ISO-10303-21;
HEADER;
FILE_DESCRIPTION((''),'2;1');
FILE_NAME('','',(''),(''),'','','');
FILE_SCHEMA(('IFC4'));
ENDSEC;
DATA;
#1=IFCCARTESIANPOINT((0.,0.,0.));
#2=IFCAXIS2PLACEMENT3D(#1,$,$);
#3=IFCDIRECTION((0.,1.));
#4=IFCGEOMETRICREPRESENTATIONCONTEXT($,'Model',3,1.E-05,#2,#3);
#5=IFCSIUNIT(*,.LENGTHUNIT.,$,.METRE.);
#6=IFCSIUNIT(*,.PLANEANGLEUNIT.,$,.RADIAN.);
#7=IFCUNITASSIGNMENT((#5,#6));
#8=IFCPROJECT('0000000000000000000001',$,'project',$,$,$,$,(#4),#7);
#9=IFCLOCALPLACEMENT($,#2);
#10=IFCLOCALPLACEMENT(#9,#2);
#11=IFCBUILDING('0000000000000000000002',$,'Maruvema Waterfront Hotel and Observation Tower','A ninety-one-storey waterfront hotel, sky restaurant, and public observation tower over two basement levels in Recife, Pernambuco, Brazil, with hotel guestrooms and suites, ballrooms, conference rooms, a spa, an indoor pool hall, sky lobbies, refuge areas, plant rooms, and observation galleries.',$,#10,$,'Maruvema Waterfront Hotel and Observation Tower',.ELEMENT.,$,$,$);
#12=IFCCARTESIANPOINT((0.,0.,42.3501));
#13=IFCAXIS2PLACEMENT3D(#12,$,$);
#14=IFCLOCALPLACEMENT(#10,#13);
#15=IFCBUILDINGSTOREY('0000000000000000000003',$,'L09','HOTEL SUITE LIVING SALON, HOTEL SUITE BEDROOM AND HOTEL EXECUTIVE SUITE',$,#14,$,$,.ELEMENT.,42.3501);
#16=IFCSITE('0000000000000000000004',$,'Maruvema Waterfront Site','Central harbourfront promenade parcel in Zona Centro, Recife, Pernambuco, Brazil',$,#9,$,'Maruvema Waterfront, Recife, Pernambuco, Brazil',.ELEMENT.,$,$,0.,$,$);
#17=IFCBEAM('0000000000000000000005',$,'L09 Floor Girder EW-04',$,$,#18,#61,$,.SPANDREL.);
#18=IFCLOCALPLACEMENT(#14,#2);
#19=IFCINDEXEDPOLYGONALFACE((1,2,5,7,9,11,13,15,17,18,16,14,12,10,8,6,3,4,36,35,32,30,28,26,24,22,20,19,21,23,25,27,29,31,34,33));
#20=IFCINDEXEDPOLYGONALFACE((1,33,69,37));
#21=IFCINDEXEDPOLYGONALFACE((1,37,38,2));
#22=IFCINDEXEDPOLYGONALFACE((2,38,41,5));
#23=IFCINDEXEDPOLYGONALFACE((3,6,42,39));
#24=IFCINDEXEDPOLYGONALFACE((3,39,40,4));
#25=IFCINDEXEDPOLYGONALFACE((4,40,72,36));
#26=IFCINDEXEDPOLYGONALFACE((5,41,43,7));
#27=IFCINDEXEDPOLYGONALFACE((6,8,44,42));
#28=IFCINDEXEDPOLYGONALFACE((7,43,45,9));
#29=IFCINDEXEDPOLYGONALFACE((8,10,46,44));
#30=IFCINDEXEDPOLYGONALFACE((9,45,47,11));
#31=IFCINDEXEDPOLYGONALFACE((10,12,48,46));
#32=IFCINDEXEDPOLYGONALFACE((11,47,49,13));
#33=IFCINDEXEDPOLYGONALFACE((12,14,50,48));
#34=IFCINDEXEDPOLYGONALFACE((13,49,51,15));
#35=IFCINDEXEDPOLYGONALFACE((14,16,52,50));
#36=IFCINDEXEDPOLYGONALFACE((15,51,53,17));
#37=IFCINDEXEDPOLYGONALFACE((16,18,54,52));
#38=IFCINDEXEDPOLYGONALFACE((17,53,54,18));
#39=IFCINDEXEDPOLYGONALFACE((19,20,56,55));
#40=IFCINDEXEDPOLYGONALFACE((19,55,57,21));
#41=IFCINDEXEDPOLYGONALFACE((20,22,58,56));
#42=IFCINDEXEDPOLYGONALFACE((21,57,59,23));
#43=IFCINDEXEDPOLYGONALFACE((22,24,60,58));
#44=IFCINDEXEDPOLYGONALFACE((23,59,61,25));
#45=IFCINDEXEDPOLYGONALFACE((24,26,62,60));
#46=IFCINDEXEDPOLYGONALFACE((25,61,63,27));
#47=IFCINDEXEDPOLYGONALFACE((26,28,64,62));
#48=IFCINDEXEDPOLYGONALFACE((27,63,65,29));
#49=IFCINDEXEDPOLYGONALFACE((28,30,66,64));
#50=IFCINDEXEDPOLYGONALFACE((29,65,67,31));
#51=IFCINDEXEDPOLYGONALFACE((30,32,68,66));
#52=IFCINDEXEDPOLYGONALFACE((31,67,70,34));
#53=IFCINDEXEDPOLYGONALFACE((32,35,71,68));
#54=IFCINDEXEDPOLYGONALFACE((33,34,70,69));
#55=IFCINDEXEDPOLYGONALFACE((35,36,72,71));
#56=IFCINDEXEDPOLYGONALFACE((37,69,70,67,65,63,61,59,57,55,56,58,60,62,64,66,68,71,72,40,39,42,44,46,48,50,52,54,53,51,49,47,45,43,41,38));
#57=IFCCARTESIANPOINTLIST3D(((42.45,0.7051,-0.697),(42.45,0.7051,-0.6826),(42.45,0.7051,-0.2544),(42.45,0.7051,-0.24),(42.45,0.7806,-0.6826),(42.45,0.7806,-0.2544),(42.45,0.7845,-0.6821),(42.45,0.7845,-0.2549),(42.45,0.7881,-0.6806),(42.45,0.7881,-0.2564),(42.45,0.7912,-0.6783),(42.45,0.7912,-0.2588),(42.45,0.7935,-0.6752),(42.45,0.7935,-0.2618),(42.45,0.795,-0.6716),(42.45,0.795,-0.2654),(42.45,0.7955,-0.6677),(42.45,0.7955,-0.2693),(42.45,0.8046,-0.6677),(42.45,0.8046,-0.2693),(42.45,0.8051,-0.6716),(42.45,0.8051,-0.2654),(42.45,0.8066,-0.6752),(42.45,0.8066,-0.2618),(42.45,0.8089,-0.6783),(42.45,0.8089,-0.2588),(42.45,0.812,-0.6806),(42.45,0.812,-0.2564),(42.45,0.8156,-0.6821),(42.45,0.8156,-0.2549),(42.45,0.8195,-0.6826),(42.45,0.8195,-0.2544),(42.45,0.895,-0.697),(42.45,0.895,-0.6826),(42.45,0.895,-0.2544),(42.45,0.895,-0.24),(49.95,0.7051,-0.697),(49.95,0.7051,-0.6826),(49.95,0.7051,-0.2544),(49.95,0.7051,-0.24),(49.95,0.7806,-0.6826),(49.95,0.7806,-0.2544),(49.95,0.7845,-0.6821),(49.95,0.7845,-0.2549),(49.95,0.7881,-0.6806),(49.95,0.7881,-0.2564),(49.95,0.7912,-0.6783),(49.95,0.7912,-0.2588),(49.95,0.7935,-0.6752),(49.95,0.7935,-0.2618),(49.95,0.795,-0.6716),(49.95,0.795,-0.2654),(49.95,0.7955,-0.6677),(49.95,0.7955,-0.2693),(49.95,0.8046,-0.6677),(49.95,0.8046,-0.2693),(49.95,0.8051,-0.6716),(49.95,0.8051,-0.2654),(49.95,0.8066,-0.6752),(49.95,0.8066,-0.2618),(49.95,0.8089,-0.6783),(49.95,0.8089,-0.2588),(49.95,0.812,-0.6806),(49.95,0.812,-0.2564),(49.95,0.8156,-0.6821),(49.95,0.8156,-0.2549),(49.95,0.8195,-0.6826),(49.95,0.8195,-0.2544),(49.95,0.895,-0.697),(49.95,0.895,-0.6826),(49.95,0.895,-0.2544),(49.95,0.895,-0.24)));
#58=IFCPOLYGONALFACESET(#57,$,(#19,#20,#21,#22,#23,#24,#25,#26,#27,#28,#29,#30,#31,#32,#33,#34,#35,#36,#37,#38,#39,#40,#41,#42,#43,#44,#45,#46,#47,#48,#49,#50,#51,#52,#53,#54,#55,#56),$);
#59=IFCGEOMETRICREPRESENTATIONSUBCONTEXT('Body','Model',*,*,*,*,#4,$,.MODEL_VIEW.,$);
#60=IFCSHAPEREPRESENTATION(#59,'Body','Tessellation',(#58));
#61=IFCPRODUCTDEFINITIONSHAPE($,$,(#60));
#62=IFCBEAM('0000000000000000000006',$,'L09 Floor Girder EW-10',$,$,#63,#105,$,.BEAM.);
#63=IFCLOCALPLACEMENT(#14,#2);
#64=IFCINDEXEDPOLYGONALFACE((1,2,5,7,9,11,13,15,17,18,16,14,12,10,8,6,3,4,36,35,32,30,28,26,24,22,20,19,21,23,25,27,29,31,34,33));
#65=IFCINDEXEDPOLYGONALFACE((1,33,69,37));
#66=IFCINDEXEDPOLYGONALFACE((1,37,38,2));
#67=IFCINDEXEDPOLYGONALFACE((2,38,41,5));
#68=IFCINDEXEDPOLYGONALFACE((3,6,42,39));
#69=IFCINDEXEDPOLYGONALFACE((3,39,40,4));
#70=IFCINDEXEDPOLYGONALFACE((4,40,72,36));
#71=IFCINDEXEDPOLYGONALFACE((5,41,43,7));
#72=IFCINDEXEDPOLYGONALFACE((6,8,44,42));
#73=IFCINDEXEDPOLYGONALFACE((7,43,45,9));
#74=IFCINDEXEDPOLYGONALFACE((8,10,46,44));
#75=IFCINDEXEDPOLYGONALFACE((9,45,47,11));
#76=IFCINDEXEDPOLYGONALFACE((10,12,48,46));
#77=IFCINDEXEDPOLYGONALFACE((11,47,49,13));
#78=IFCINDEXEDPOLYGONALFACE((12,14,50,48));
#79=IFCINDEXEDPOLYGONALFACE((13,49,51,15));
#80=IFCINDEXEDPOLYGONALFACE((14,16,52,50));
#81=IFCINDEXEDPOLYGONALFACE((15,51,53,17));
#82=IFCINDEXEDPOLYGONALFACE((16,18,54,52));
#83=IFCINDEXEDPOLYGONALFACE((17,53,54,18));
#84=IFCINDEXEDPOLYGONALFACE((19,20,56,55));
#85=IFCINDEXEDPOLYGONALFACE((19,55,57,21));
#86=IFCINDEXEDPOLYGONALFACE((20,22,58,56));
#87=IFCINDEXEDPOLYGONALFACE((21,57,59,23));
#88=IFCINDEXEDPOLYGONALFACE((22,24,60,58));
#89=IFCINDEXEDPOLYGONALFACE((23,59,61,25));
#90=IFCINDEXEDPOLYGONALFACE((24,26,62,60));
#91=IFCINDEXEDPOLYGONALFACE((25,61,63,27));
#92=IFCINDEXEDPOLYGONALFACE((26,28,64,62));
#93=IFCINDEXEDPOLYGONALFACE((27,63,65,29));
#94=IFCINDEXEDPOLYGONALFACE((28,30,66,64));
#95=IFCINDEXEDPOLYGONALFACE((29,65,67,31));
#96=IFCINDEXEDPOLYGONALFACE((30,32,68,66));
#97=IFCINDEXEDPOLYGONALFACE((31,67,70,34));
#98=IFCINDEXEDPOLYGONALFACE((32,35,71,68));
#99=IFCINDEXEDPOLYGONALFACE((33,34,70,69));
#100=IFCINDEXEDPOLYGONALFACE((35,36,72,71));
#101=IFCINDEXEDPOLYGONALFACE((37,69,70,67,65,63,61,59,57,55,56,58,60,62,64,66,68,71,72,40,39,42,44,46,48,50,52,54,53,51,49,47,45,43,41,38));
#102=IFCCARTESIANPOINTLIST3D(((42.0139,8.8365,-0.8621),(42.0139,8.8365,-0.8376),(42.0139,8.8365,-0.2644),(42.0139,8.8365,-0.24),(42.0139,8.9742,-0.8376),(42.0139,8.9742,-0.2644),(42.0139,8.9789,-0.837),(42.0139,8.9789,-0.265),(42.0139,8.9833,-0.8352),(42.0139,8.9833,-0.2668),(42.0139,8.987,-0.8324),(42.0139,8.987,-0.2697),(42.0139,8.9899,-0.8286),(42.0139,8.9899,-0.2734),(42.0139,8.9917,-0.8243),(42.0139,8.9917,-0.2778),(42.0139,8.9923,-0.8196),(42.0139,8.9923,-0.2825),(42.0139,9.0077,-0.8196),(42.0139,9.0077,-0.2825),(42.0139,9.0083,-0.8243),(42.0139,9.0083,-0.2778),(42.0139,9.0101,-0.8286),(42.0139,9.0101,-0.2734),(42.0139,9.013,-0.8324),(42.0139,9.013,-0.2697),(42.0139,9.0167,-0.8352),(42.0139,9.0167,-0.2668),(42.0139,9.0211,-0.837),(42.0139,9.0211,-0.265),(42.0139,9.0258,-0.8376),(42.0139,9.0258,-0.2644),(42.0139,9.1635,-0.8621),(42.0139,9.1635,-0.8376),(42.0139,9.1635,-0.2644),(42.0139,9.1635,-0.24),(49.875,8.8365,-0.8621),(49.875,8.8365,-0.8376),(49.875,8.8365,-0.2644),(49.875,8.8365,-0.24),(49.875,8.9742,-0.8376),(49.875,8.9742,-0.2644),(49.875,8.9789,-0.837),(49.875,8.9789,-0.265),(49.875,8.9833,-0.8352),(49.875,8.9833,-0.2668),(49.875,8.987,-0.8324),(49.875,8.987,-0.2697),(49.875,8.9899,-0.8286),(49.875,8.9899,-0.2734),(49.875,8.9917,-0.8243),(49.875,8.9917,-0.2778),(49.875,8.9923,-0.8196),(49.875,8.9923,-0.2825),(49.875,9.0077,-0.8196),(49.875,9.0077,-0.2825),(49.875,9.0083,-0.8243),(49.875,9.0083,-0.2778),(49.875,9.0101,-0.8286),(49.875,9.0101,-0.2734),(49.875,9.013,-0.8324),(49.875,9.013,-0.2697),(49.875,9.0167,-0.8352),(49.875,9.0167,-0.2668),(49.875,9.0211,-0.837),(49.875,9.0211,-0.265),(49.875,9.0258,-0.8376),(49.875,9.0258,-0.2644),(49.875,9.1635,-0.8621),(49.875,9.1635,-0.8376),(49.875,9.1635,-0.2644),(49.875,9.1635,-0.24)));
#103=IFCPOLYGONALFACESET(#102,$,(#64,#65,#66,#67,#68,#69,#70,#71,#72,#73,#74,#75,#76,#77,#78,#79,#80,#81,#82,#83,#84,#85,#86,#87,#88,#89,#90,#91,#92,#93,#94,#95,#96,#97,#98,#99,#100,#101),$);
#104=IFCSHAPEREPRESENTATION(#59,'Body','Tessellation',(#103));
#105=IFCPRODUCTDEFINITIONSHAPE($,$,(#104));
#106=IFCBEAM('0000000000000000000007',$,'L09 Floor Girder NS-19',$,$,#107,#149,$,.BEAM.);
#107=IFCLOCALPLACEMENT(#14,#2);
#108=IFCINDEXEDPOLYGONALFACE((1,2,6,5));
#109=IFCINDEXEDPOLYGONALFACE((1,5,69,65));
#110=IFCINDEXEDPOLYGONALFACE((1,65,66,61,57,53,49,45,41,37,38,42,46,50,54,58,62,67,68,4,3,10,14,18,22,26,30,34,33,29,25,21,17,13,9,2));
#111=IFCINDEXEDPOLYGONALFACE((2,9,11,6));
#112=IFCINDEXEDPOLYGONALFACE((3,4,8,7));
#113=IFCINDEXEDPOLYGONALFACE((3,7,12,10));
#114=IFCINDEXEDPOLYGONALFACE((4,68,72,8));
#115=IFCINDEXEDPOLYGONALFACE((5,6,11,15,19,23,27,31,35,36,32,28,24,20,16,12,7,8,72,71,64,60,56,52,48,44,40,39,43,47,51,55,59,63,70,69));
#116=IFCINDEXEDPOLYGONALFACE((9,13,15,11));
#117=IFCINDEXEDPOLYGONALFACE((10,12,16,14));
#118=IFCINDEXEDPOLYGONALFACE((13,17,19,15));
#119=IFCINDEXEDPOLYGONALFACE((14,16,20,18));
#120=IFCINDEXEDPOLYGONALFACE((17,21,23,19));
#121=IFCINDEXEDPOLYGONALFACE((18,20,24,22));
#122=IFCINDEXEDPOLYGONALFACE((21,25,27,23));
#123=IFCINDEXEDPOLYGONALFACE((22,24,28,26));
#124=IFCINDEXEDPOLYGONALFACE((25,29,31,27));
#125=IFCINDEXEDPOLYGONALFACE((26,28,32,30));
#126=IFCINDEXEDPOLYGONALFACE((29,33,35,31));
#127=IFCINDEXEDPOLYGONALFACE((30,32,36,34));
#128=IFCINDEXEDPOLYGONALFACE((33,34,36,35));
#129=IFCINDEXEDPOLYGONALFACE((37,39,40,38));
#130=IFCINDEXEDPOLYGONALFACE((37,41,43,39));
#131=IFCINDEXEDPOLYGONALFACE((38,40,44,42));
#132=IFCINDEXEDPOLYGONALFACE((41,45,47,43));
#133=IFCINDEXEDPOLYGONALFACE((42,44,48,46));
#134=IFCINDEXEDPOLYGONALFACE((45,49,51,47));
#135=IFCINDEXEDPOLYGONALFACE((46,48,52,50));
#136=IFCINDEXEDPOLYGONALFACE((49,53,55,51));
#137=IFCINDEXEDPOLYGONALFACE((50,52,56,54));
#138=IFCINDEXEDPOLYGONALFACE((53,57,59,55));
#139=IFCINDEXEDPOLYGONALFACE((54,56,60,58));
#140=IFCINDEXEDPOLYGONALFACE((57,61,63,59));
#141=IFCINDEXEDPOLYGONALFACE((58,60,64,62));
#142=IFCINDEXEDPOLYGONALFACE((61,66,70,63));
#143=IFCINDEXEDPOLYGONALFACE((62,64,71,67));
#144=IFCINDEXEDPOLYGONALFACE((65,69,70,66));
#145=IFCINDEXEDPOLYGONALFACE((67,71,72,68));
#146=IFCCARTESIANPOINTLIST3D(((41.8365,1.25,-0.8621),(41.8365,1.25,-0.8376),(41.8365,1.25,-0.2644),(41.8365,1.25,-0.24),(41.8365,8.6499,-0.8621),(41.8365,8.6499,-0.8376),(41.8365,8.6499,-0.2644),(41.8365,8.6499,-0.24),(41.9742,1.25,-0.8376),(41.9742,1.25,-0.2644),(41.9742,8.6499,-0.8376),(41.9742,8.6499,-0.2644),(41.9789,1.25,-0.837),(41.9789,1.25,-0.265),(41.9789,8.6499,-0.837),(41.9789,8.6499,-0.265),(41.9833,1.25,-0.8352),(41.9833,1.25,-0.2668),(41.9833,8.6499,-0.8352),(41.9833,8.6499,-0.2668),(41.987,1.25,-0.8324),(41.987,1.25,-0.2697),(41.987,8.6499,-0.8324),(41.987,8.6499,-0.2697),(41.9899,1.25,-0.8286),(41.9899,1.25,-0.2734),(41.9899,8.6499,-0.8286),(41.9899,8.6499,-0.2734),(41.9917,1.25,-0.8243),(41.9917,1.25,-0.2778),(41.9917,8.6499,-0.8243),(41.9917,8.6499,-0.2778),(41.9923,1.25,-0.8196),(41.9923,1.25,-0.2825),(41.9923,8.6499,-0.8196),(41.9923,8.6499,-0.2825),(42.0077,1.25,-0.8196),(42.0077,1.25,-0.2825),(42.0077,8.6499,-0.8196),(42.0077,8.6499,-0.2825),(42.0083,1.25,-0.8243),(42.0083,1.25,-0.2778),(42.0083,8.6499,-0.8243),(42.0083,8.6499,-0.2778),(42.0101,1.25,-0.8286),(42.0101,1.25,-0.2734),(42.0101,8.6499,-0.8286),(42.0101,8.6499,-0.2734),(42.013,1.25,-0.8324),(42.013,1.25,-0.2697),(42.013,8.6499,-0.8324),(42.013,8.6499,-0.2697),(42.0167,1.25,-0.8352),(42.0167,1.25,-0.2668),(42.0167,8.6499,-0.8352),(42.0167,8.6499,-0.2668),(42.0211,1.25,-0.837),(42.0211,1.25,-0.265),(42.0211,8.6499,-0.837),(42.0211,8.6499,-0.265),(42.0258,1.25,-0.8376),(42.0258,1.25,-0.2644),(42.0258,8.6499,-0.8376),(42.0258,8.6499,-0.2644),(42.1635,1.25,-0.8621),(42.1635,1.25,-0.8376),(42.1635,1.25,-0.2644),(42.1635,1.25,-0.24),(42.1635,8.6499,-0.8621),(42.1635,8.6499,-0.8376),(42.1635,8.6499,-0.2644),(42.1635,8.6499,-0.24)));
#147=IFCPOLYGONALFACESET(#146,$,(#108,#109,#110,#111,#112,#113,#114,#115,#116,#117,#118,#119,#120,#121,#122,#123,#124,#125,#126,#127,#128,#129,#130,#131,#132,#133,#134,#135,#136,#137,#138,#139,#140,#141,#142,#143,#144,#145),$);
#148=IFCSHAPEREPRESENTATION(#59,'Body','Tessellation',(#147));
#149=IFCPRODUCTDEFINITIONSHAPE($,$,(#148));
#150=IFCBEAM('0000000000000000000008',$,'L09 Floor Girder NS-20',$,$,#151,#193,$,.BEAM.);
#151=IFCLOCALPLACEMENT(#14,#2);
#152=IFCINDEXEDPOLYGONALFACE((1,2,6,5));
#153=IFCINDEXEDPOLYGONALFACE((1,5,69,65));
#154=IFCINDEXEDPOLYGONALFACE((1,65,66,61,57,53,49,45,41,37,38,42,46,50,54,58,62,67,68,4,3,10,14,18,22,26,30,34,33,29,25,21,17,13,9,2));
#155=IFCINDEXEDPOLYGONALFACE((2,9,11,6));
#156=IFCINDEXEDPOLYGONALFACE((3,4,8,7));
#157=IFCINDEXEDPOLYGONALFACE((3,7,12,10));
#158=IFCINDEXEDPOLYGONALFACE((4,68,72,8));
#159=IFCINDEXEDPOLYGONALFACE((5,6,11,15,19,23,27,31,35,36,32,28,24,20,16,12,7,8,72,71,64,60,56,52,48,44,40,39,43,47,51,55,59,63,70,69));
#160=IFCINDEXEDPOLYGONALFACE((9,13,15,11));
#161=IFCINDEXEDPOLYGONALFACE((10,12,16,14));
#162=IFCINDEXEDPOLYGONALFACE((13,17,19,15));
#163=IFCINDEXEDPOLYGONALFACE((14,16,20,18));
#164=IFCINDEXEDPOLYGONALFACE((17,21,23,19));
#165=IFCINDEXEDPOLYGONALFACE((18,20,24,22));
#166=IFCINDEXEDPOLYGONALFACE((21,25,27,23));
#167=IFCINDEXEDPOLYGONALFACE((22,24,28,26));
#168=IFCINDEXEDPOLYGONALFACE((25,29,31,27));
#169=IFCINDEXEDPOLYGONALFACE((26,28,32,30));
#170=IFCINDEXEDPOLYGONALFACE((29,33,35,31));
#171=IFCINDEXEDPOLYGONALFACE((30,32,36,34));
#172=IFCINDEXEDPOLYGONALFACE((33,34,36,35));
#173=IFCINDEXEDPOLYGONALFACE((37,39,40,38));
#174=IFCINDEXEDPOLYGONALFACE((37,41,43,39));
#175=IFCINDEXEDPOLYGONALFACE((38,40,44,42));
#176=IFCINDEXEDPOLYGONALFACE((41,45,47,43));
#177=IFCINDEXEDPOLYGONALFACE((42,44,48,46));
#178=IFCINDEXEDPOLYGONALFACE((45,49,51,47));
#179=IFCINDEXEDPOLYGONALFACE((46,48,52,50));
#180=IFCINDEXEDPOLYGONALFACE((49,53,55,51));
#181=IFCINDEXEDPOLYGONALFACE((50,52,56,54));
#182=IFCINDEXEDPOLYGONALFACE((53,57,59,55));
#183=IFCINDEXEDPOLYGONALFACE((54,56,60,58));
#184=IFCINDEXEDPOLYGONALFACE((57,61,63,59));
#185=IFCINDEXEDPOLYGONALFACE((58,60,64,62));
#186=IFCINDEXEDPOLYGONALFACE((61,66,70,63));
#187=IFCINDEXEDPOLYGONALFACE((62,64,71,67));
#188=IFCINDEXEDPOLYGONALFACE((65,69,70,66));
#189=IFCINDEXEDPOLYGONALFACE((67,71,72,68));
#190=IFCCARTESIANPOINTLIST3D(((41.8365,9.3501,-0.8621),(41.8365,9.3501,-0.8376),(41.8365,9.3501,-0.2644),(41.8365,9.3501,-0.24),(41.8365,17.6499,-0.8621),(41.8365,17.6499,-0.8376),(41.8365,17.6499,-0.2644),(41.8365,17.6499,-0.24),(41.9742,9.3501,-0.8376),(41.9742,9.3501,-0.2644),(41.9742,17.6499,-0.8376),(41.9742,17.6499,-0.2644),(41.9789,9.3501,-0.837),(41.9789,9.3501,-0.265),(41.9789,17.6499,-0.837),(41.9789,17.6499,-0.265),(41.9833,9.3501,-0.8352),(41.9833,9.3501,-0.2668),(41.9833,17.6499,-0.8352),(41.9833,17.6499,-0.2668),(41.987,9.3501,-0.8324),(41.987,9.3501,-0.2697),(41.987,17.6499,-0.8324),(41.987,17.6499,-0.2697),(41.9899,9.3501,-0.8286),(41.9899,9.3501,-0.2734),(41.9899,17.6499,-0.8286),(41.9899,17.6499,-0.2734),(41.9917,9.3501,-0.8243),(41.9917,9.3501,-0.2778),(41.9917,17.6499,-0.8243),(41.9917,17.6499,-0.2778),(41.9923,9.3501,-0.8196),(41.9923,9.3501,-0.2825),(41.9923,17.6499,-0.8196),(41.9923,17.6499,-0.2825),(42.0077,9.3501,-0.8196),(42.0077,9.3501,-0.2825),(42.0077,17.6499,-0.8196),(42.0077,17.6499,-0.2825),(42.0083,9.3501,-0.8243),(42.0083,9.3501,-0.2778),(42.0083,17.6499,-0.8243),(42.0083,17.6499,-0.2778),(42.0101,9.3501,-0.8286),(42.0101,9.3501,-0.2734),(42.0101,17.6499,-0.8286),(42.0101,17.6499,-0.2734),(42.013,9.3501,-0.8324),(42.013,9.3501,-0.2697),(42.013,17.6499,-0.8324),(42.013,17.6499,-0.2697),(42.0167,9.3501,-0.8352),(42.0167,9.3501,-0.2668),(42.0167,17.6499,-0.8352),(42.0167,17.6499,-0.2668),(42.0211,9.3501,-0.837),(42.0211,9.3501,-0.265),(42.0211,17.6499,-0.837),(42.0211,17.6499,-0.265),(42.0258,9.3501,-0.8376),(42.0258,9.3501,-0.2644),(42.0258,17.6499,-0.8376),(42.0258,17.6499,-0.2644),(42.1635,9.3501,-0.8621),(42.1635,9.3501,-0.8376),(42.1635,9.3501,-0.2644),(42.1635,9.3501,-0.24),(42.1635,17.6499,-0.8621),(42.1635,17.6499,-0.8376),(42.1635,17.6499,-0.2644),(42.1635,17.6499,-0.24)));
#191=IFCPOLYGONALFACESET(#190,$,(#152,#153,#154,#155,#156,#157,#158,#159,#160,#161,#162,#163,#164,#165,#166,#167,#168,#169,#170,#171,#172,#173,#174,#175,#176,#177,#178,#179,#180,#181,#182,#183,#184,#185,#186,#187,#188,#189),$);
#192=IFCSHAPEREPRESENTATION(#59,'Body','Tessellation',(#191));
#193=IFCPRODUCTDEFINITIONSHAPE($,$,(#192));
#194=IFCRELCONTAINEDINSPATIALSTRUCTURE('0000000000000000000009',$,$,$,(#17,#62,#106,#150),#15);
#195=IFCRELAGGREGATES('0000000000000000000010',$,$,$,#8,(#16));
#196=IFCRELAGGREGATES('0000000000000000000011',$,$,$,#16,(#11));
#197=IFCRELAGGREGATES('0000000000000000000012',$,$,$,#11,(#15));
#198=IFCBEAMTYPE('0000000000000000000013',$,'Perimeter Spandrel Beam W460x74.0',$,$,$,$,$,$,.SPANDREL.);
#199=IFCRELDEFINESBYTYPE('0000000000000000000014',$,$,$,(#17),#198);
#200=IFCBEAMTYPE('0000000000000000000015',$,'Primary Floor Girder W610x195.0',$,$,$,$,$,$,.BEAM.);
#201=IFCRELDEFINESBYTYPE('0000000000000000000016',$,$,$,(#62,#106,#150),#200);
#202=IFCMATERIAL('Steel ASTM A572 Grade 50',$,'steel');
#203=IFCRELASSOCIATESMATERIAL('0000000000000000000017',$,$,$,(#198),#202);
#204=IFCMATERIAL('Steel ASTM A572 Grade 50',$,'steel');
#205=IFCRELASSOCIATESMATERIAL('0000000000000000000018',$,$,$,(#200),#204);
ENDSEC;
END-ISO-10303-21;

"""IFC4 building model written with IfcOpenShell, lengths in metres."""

from ifc_helpers import new_model, si_unit, direction, frame, origin, origin_2d, place, context, subcontext, project, spatial, i_section, extrude, material, material_profile, profile_set, type_object, element, save


model = new_model("IFC4")

# Units and contexts
model_context = context("Model", 3, precision=1e-05, world=origin(), true_north=direction((0.0, 1.0)))
body_context = subcontext(model_context, "Body", "Model", "MODEL_VIEW")
ifc_project = project(units=[si_unit("LENGTHUNIT", "METRE"), si_unit("PLANEANGLEUNIT", "RADIAN")], contexts=[model_context])

# Site, building, storey
site_placement = place(None, origin())
site = spatial("IfcSite", under=ifc_project, at=site_placement, Name="Maruvema Waterfront Site", Description="Central harbourfront promenade parcel in Zona Centro, Recife, Pernambuco, Brazil", LongName="Maruvema Waterfront, Recife, Pernambuco, Brazil", CompositionType="ELEMENT", RefElevation=0.0)
building_placement = place(site_placement, origin())
building = spatial("IfcBuilding", under=site, at=building_placement, Name="Maruvema Waterfront Hotel and Observation Tower", Description="A ninety-one-storey waterfront hotel, sky restaurant, and public observation tower over two basement levels in Recife, Pernambuco, Brazil, with hotel guestrooms and suites, ballrooms, conference rooms, a spa, an indoor pool hall, sky lobbies, refuge areas, plant rooms, and observation galleries.", LongName="Maruvema Waterfront Hotel and Observation Tower", CompositionType="ELEMENT")
storey_placement = place(building_placement, frame((0.0, 0.0, 42.3501)))
storey = spatial("IfcBuildingStorey", under=building, at=storey_placement, Name="L09", Description="HOTEL SUITE LIVING SALON, HOTEL SUITE BEDROOM AND HOTEL EXECUTIVE SUITE", CompositionType="ELEMENT", Elevation=42.3501)

# Beams
ifc_material_1 = material(Name="Steel ASTM A572 Grade 50", Category="steel")
ifc_material_profile_1 = material_profile(ifc_material_1, i_section(OverallWidth=0.1899, OverallDepth=0.457, WebThickness=0.009, FlangeThickness=0.0144, FilletRadius=0.0149, at=origin_2d()), Name="W460x74.0")
ifc_profile_set_1 = profile_set([ifc_material_profile_1], Name="Steel ASTM A572 Grade 50")
beam_type_1 = type_object("IfcBeamType", Name="Perimeter Spandrel Beam W460x74.0", PredefinedType="SPANDREL", material=ifc_profile_set_1)
beam_1_placement = place(storey_placement, frame((42.45, 0.8, -0.4685), z_axis=(1.0, 0.0, 0.0), x_axis=(0.0, 1.0, 0.0)))
element("IfcBeam", 1, at=beam_1_placement, inside=storey, type_object=beam_type_1, Name="L09 Floor Girder EW-04", PredefinedType="SPANDREL", context=body_context, shape_type="SweptSolid", body=[
    extrude(i_section(OverallWidth=0.1899, OverallDepth=0.457, WebThickness=0.009, FlangeThickness=0.0144, FilletRadius=0.0149, at=origin_2d()), origin(), (0.0, 0.0, 1.0), 7.5),
])
ifc_material_2 = material(Name="Steel ASTM A572 Grade 50", Category="steel")
ifc_material_profile_2 = material_profile(ifc_material_2, i_section(OverallWidth=0.3269, OverallDepth=0.6221, WebThickness=0.0154, FlangeThickness=0.0244, FilletRadius=0.0181, at=origin_2d()), Name="W610x195.0")
ifc_profile_set_2 = profile_set([ifc_material_profile_2], Name="Steel ASTM A572 Grade 50")
beam_type_2 = type_object("IfcBeamType", Name="Primary Floor Girder W610x195.0", PredefinedType="BEAM", material=ifc_profile_set_2)
beam_2_placement = place(storey_placement, frame((42.0139, 9.0, -0.551), z_axis=(1.0, 0.0, 0.0), x_axis=(0.0, 1.0, 0.0)))
element("IfcBeam", 2, at=beam_2_placement, inside=storey, type_object=beam_type_2, Name="L09 Floor Girder EW-10", PredefinedType="BEAM", context=body_context, shape_type="SweptSolid", body=[
    extrude(i_section(OverallWidth=0.3269, OverallDepth=0.6221, WebThickness=0.0154, FlangeThickness=0.0244, FilletRadius=0.0181, at=origin_2d()), origin(), (0.0, 0.0, 1.0), 7.8611),
])
beam_3_placement = place(storey_placement, frame((42.0, 1.25, -0.551), z_axis=(0.0, 1.0, 0.0), x_axis=(-1.0, 0.0, 0.0)))
element("IfcBeam", 3, at=beam_3_placement, inside=storey, type_object=beam_type_2, Name="L09 Floor Girder NS-19", PredefinedType="BEAM", context=body_context, shape_type="SweptSolid", body=[
    extrude(i_section(OverallWidth=0.3269, OverallDepth=0.6221, WebThickness=0.0154, FlangeThickness=0.0244, FilletRadius=0.0181, at=origin_2d()), origin(), (0.0, 0.0, 1.0), 7.3999),
])
beam_4_placement = place(storey_placement, frame((42.0, 9.3501, -0.551), z_axis=(0.0, 1.0, 0.0), x_axis=(-1.0, 0.0, 0.0)))
element("IfcBeam", 4, at=beam_4_placement, inside=storey, type_object=beam_type_2, Name="L09 Floor Girder NS-20", PredefinedType="BEAM", context=body_context, shape_type="SweptSolid", body=[
    extrude(i_section(OverallWidth=0.3269, OverallDepth=0.6221, WebThickness=0.0154, FlangeThickness=0.0244, FilletRadius=0.0181, at=origin_2d()), origin(), (0.0, 0.0, 1.0), 8.2998),
])

save(model, "model.ifc")
